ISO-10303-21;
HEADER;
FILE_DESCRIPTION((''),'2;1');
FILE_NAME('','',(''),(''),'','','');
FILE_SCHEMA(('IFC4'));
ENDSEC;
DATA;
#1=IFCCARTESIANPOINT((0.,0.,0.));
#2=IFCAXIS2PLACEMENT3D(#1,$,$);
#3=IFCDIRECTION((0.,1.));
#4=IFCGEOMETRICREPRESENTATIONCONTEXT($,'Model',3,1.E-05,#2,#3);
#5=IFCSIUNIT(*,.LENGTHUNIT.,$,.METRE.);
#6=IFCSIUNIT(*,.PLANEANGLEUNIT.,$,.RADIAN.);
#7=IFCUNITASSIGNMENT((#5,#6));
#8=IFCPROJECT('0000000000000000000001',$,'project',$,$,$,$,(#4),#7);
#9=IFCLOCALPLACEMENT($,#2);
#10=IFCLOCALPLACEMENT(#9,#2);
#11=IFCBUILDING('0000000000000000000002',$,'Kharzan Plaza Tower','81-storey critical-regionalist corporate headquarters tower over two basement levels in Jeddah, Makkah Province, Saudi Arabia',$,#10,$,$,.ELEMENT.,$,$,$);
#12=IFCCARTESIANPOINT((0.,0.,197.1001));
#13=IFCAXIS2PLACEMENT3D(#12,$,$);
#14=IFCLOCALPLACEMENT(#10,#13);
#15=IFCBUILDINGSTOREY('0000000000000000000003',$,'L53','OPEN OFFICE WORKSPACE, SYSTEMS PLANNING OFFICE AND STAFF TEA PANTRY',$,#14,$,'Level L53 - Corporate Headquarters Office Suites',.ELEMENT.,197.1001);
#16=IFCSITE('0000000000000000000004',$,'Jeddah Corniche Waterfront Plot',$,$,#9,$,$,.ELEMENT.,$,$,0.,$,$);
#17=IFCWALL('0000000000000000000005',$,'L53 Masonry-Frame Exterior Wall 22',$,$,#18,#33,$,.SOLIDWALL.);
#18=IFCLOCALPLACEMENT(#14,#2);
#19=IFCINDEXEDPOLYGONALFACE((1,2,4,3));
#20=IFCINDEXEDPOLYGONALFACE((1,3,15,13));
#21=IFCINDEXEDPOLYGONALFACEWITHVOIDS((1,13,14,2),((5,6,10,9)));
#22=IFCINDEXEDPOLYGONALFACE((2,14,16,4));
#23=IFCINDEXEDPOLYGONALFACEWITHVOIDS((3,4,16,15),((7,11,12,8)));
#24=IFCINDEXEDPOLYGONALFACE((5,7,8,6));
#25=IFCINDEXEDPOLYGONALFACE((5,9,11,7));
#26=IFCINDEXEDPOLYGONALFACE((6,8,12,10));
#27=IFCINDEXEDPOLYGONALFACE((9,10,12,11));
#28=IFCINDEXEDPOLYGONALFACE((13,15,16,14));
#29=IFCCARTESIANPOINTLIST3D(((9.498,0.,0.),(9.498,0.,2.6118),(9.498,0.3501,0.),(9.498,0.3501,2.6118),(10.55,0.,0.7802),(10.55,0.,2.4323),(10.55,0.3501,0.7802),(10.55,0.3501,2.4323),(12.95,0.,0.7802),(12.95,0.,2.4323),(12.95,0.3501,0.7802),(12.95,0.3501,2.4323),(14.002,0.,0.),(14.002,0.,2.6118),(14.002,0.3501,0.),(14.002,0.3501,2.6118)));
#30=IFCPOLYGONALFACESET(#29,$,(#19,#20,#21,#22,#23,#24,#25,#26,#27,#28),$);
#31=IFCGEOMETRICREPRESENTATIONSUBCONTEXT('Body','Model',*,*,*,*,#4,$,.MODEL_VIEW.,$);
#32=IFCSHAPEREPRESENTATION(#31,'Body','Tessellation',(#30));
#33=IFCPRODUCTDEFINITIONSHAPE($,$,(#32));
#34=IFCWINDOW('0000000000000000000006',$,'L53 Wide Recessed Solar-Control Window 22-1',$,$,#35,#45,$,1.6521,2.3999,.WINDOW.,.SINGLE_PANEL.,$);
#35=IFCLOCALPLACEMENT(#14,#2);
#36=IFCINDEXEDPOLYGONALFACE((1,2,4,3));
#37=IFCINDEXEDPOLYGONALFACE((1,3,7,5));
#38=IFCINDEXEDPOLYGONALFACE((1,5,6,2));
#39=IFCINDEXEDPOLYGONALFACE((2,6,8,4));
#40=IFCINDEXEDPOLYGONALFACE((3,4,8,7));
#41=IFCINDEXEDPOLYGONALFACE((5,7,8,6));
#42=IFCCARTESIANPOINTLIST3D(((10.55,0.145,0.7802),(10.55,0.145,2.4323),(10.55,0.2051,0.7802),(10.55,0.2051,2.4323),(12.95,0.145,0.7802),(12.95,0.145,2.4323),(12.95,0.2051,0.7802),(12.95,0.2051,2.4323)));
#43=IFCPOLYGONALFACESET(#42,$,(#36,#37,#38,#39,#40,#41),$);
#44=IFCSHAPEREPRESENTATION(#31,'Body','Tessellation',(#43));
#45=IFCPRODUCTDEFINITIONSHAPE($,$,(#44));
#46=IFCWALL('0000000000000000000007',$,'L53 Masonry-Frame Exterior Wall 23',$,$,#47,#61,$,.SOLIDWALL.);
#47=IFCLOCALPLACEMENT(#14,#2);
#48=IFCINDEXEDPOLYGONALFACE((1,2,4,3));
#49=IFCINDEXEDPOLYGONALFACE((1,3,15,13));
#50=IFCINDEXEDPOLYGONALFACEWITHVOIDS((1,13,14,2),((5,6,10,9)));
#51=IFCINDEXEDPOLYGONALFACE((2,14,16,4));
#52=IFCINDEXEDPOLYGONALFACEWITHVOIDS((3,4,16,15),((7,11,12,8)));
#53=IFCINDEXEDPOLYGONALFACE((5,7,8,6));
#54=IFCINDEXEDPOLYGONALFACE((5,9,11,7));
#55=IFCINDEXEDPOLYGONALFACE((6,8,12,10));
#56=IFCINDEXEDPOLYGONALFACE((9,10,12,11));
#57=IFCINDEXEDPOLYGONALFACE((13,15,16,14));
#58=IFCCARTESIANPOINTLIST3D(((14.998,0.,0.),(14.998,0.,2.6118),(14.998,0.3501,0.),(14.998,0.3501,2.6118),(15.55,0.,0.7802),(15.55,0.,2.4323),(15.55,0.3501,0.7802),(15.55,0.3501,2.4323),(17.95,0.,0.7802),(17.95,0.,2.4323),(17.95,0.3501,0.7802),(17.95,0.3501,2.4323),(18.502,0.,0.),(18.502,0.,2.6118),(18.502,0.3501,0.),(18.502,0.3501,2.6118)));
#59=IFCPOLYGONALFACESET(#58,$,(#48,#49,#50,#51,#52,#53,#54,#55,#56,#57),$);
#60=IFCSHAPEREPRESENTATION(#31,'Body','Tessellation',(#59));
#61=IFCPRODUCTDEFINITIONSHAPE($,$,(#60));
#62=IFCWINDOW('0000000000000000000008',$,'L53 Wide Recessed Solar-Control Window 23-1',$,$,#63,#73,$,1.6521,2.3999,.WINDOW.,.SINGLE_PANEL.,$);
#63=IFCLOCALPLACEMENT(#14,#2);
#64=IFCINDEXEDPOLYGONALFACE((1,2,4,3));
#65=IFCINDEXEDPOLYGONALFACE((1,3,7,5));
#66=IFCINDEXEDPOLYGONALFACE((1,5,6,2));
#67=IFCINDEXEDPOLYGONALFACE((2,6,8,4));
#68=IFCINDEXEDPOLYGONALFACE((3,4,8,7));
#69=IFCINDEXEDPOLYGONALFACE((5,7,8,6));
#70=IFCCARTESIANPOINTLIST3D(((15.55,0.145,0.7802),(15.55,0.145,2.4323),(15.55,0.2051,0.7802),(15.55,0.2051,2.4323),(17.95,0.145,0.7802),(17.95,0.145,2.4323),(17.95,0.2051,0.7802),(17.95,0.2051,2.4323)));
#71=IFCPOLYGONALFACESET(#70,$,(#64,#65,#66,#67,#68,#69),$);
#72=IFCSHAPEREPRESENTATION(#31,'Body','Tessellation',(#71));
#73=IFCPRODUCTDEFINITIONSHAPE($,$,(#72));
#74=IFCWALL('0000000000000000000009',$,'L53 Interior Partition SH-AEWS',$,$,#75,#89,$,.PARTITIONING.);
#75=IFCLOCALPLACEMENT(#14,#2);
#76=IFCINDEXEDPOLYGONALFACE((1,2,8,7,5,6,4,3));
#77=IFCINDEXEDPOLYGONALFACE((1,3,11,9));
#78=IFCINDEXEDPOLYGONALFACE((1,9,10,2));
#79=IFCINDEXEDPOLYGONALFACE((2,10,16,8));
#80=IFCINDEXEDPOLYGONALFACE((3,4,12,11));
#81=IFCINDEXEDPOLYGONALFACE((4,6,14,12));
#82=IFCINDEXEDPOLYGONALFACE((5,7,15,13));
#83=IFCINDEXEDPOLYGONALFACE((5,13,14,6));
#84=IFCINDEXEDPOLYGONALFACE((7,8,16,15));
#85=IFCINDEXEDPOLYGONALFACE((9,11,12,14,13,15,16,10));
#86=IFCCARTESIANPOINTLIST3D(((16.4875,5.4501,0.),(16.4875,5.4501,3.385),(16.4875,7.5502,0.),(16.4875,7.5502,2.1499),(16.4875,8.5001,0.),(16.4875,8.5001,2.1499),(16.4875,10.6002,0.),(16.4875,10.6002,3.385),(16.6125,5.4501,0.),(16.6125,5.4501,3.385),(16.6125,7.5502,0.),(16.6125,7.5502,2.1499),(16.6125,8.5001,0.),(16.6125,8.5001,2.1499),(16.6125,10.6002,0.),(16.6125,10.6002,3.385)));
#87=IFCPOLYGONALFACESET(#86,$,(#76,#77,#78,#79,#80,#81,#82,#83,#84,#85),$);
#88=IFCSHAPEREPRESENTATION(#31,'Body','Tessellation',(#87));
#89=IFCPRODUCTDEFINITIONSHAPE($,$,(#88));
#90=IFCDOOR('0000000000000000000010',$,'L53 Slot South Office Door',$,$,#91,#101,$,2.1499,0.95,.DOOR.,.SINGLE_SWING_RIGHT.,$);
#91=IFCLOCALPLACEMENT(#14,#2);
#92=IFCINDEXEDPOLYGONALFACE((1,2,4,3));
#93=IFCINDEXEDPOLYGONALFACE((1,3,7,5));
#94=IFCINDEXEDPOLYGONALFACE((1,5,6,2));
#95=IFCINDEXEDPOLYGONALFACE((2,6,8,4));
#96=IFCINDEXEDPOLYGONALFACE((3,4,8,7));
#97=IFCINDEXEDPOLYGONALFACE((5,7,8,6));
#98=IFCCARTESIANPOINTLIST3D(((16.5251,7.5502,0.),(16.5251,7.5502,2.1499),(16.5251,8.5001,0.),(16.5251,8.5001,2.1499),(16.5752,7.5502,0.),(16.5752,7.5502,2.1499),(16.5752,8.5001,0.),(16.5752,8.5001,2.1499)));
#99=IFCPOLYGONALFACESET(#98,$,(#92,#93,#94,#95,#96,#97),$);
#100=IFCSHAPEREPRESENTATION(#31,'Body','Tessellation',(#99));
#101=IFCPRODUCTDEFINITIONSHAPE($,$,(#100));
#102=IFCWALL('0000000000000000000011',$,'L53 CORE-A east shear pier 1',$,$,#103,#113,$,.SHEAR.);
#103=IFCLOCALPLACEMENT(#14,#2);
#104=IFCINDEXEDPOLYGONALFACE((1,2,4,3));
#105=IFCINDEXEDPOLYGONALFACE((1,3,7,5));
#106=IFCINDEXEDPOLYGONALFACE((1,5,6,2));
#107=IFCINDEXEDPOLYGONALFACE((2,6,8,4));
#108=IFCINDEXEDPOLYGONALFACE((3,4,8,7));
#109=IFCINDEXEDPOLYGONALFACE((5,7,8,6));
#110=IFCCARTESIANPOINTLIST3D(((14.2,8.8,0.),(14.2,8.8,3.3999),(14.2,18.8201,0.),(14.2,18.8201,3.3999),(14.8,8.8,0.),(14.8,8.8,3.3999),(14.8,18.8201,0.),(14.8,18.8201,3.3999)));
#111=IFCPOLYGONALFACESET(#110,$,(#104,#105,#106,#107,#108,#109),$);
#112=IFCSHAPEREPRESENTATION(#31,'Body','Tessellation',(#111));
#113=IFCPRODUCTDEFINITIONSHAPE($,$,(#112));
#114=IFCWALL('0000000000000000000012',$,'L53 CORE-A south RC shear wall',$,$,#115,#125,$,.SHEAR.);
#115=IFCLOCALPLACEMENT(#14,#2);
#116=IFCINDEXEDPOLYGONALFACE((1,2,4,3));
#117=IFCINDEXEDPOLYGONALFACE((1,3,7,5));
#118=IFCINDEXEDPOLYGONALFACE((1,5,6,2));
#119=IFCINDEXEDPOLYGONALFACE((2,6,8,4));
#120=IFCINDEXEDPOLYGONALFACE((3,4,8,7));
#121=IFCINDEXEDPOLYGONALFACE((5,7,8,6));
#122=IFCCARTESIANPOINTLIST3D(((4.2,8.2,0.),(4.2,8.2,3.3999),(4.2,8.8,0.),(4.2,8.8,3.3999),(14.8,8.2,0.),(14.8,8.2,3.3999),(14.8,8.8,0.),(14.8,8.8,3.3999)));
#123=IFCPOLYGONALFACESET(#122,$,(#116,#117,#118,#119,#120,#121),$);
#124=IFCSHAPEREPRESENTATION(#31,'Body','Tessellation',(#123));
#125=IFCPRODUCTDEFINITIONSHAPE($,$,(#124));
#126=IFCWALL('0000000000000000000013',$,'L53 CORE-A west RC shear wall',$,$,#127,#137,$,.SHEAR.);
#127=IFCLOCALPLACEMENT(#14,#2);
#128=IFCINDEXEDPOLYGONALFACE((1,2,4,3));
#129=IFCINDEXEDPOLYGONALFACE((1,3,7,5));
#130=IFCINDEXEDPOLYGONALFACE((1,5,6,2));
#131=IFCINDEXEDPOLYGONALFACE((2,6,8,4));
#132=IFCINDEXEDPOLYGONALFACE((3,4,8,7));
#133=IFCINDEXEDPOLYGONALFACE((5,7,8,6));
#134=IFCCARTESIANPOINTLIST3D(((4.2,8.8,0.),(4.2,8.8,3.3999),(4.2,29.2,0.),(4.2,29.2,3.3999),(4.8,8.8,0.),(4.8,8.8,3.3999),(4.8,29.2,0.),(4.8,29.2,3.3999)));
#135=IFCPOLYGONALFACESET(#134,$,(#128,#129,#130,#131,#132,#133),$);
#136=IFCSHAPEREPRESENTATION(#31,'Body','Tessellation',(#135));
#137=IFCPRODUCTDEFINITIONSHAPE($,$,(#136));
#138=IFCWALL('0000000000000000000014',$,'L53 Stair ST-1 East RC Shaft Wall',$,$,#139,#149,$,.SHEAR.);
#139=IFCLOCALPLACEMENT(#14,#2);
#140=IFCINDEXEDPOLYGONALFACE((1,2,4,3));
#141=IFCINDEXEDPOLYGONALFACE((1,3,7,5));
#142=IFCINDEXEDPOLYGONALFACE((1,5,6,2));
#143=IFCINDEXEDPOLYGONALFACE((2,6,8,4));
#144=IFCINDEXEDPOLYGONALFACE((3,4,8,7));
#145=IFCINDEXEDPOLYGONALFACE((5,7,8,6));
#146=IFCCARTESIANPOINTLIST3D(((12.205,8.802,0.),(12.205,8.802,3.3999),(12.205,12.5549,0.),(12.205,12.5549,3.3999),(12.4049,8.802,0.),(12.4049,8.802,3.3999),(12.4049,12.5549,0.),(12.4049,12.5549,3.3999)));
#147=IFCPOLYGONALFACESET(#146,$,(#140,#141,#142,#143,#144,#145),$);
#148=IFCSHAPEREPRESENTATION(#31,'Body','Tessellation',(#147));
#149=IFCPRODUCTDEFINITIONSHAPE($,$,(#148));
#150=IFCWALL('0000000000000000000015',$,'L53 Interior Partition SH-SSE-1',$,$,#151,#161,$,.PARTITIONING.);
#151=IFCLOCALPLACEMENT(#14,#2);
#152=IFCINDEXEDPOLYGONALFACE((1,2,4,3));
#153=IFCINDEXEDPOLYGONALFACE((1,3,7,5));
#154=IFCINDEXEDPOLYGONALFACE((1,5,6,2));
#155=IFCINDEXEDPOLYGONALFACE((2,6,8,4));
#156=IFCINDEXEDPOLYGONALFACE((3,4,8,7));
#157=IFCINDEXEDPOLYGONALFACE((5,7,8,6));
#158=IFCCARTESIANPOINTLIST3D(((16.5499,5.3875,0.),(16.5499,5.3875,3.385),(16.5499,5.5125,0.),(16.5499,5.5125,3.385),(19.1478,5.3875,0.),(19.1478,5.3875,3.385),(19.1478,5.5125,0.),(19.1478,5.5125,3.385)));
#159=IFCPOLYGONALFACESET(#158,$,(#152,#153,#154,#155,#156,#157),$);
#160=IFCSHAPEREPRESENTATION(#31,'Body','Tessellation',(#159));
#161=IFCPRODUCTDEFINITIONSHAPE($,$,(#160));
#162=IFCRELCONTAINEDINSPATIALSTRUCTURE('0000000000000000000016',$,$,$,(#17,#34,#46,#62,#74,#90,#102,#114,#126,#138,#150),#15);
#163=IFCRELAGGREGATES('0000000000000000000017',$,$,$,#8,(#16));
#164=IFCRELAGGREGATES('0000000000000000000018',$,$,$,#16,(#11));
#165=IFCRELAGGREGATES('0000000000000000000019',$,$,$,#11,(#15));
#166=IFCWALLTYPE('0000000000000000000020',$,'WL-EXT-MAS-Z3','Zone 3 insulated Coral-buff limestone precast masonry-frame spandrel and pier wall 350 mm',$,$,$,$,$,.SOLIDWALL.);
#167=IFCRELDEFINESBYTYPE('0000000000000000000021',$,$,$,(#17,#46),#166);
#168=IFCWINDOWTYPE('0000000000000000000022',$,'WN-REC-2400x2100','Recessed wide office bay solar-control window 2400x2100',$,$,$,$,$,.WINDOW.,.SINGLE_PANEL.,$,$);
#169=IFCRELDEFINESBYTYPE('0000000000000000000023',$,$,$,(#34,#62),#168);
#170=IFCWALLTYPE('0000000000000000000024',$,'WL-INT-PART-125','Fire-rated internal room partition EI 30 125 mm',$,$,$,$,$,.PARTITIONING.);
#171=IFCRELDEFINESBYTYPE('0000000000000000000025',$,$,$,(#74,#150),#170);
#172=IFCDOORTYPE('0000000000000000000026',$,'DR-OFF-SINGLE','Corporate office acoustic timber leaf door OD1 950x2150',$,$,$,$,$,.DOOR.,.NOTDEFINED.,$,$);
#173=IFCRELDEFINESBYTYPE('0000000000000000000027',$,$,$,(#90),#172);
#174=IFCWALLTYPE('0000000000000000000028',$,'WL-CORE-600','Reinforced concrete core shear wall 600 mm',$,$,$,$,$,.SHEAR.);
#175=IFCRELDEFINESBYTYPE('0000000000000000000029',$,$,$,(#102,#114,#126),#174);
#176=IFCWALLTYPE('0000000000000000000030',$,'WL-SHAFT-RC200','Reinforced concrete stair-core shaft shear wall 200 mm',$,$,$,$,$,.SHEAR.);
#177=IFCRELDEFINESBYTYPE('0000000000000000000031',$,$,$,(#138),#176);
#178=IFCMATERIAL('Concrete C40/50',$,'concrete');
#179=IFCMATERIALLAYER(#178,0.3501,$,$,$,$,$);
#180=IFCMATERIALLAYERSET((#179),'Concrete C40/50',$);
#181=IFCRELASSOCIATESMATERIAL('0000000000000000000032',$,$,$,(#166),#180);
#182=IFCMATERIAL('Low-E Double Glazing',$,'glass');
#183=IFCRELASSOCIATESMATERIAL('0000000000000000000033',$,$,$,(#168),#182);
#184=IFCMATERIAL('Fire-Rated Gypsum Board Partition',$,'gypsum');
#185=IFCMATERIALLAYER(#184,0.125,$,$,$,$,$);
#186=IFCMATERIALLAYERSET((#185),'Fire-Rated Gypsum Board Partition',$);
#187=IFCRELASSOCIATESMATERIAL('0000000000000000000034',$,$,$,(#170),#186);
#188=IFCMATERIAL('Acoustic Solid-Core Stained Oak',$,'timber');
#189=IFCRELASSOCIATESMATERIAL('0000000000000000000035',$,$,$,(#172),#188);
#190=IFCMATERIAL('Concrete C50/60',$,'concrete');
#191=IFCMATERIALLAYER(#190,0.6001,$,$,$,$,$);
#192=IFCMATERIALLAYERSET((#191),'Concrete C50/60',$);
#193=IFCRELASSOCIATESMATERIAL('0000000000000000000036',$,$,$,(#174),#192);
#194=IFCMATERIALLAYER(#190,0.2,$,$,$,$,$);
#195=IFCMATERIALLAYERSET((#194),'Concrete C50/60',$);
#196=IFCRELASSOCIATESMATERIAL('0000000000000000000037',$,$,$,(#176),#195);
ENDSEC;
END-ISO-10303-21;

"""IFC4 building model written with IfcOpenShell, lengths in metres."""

from ifc_helpers import new_model, si_unit, direction, frame, frame_2d, origin, place, context, subcontext, project, spatial, rectangle, extrude, source, transform, mapped, material, layer, layer_set, type_object, element, fill, save


model = new_model("IFC4")

# Units and contexts
model_context = context("Model", 3, precision=1e-05, world=origin(), true_north=direction((0.0, 1.0)))
body_context = subcontext(model_context, "Body", "Model", "MODEL_VIEW")
ifc_project = project(units=[si_unit("LENGTHUNIT", "METRE"), si_unit("PLANEANGLEUNIT", "RADIAN")], contexts=[model_context])

# Site, building, storey
site_placement = place(None, origin())
site = spatial("IfcSite", under=ifc_project, at=site_placement, Name="Jeddah Corniche Waterfront Plot", CompositionType="ELEMENT", RefElevation=0.0)
building_placement = place(site_placement, origin())
building = spatial("IfcBuilding", under=site, at=building_placement, Name="Kharzan Plaza Tower", Description="81-storey critical-regionalist corporate headquarters tower over two basement levels in Jeddah, Makkah Province, Saudi Arabia", CompositionType="ELEMENT")
storey_placement = place(building_placement, frame((0.0, 0.0, 197.1001)))
storey = spatial("IfcBuildingStorey", under=building, at=storey_placement, Name="L53", Description="OPEN OFFICE WORKSPACE, SYSTEMS PLANNING OFFICE AND STAFF TEA PANTRY", LongName="Level L53 - Corporate Headquarters Office Suites", CompositionType="ELEMENT", Elevation=197.1001)

# Shared definitions
ifc_material_1 = material(Name="Concrete C50/60", Category="concrete")

# Walls, openings, windows
ifc_material_2 = material(Name="Concrete C40/50", Category="concrete")
ifc_layer_1 = layer(ifc_material_2, 0.3501)
ifc_layer_set_1 = layer_set([ifc_layer_1], Name="Concrete C40/50")
wall_type_1 = type_object("IfcWallType", Name="WL-EXT-MAS-Z3", Description="Zone 3 insulated Coral-buff limestone precast masonry-frame spandrel and pier wall 350 mm", PredefinedType="SOLIDWALL", material=ifc_layer_set_1)
ifc_material_3 = material(Name="Low-E Double Glazing", Category="glass")
window_type = type_object("IfcWindowType", Name="WN-REC-2400x2100", Description="Recessed wide office bay solar-control window 2400x2100", PartitioningType="SINGLE_PANEL", PredefinedType="WINDOW", material=ifc_material_3)
shared_shape_1 = source(origin(), body_context, "Body", "SweptSolid", [
    extrude(rectangle(XDim=2.3999, YDim=1.6521, at=frame_2d((1.2, 0.8262))), frame((0.0, 0.03, 0.0), z_axis=(0.0, -1.0, 0.0), x_axis=(1.0, 0.0, 0.0)), (0.0, 0.0, 1.0), 0.0601),
])
wall_1_placement = place(storey_placement, frame((9.498, 0.175, 0.0), z_axis=(0.0, 0.0, 1.0), x_axis=(1.0, 0.0, 0.0)))
wall_1 = element("IfcWall", 1, at=wall_1_placement, inside=storey, type_object=wall_type_1, Name="L53 Masonry-Frame Exterior Wall 22", PredefinedType="SOLIDWALL", context=body_context, shape_type="SweptSolid", body=[
    extrude(rectangle(XDim=4.5039, YDim=0.3501, at=frame_2d((2.252, 0.0))), origin(), (0.0, 0.0, 1.0), 2.6118),
])
opening_1_placement = place(wall_1_placement, frame((1.052, 0.0, 0.78)))
opening_1 = element("IfcOpeningElement", 2, at=opening_1_placement, cuts=wall_1, PredefinedType="OPENING", context=body_context, shape_type="SweptSolid", body=[
    extrude(rectangle(XDim=2.3999, YDim=1.6521, at=frame_2d((1.2, 0.8262))), frame((0.0, 0.1851, 0.0), z_axis=(0.0, -1.0, 0.0), x_axis=(1.0, 0.0, 0.0)), (0.0, 0.0, 1.0), 0.3701),
])
window_1_placement = place(opening_1_placement, origin())
window_1 = element("IfcWindow", 3, at=window_1_placement, inside=storey, type_object=window_type, Name="L53 Wide Recessed Solar-Control Window 22-1", OverallHeight=1.6521, OverallWidth=2.3999, PartitioningType="SINGLE_PANEL", PredefinedType="WINDOW", context=body_context, shape_type="MappedRepresentation", body=[
    mapped(shared_shape_1, transform((0.0, 0.0, 0.0), x_axis=(1.0, 0.0, 0.0), y_axis=(0.0, 1.0, 0.0), z_axis=(0.0, 0.0, 1.0))),
])
fill(opening_1, window_1)
wall_2_placement = place(storey_placement, frame((14.998, 0.175, 0.0), z_axis=(0.0, 0.0, 1.0), x_axis=(1.0, 0.0, 0.0)))
wall_2 = element("IfcWall", 4, at=wall_2_placement, inside=storey, type_object=wall_type_1, Name="L53 Masonry-Frame Exterior Wall 23", PredefinedType="SOLIDWALL", context=body_context, shape_type="SweptSolid", body=[
    extrude(rectangle(XDim=3.5039, YDim=0.3501, at=frame_2d((1.752, 0.0))), origin(), (0.0, 0.0, 1.0), 2.6118),
])
opening_2_placement = place(wall_2_placement, frame((0.552, 0.0, 0.78)))
opening_2 = element("IfcOpeningElement", 5, at=opening_2_placement, cuts=wall_2, PredefinedType="OPENING", context=body_context, shape_type="SweptSolid", body=[
    extrude(rectangle(XDim=2.3999, YDim=1.6521, at=frame_2d((1.2, 0.8262))), frame((0.0, 0.1851, 0.0), z_axis=(0.0, -1.0, 0.0), x_axis=(1.0, 0.0, 0.0)), (0.0, 0.0, 1.0), 0.3701),
])
window_2_placement = place(opening_2_placement, origin())
window_2 = element("IfcWindow", 6, at=window_2_placement, inside=storey, type_object=window_type, Name="L53 Wide Recessed Solar-Control Window 23-1", OverallHeight=1.6521, OverallWidth=2.3999, PartitioningType="SINGLE_PANEL", PredefinedType="WINDOW", context=body_context, shape_type="MappedRepresentation", body=[
    mapped(shared_shape_1, transform((0.0, 0.0, 0.0), x_axis=(1.0, 0.0, 0.0), y_axis=(0.0, 1.0, 0.0), z_axis=(0.0, 0.0, 1.0))),
])
fill(opening_2, window_2)

# Wall, opening, door
ifc_material_4 = material(Name="Fire-Rated Gypsum Board Partition", Category="gypsum")
ifc_layer_2 = layer(ifc_material_4, 0.125)
ifc_layer_set_2 = layer_set([ifc_layer_2], Name="Fire-Rated Gypsum Board Partition")
wall_type_2 = type_object("IfcWallType", Name="WL-INT-PART-125", Description="Fire-rated internal room partition EI 30 125 mm", PredefinedType="PARTITIONING", material=ifc_layer_set_2)
wall_3_placement = place(storey_placement, frame((16.55, 5.45, 0.0), z_axis=(0.0, 0.0, 1.0), x_axis=(0.0, 1.0, 0.0)))
wall_3 = element("IfcWall", 7, at=wall_3_placement, inside=storey, type_object=wall_type_2, Name="L53 Interior Partition SH-AEWS", PredefinedType="PARTITIONING", context=body_context, shape_type="SweptSolid", body=[
    extrude(rectangle(XDim=5.1501, YDim=0.125, at=frame_2d((2.5752, 0.0))), origin(), (0.0, 0.0, 1.0), 3.385),
])
opening_3_placement = place(wall_3_placement, frame((2.1001, 0.0, 0.0)))
opening_3 = element("IfcOpeningElement", 8, at=opening_3_placement, cuts=wall_3, PredefinedType="OPENING", context=body_context, shape_type="SweptSolid", body=[
    extrude(rectangle(XDim=0.95, YDim=2.1499, at=frame_2d((0.4751, 1.075))), frame((0.0, 0.0725, 0.0), z_axis=(0.0, -1.0, 0.0), x_axis=(1.0, 0.0, 0.0)), (0.0, 0.0, 1.0), 0.145),
])
ifc_material_5 = material(Name="Acoustic Solid-Core Stained Oak", Category="timber")
door_type = type_object("IfcDoorType", Name="DR-OFF-SINGLE", Description="Corporate office acoustic timber leaf door OD1 950x2150", OperationType="NOTDEFINED", PredefinedType="DOOR", material=ifc_material_5)
shared_shape_2 = source(origin(), body_context, "Body", "SweptSolid", [
    extrude(rectangle(XDim=0.95, YDim=2.1499, at=frame_2d((0.4751, 1.075))), frame((0.0, 0.0249, 0.0), z_axis=(0.0, -1.0, 0.0), x_axis=(1.0, 0.0, 0.0)), (0.0, 0.0, 1.0), 0.05),
])
door_placement = place(opening_3_placement, origin())
door = element("IfcDoor", 9, at=door_placement, inside=storey, type_object=door_type, Name="L53 Slot South Office Door", OperationType="SINGLE_SWING_RIGHT", OverallHeight=2.1499, OverallWidth=0.95, PredefinedType="DOOR", context=body_context, shape_type="MappedRepresentation", body=[
    mapped(shared_shape_2, transform((0.0, 0.0, 0.0), x_axis=(1.0, 0.0, 0.0), y_axis=(0.0, 1.0, 0.0), z_axis=(0.0, 0.0, 1.0))),
])
fill(opening_3, door)

# Walls
ifc_layer_3 = layer(ifc_material_1, 0.6001)
ifc_layer_set_3 = layer_set([ifc_layer_3], Name="Concrete C50/60")
wall_type_3 = type_object("IfcWallType", Name="WL-CORE-600", Description="Reinforced concrete core shear wall 600 mm", PredefinedType="SHEAR", material=ifc_layer_set_3)
shared_shape_3 = source(origin(), body_context, "Body", "SweptSolid", [
    extrude(rectangle(XDim=10.02, YDim=0.6001, at=frame_2d((5.01, 0.0))), origin(), (0.0, 0.0, 1.0), 3.3999),
])
wall_4_placement = place(storey_placement, frame((14.5, 8.8, 0.0), z_axis=(0.0, 0.0, 1.0), x_axis=(0.0, 1.0, 0.0)))
element("IfcWall", 10, at=wall_4_placement, inside=storey, type_object=wall_type_3, Name="L53 CORE-A east shear pier 1", PredefinedType="SHEAR", context=body_context, shape_type="MappedRepresentation", body=[
    mapped(shared_shape_3, transform((0.0, 0.0, 0.0), x_axis=(1.0, 0.0, 0.0), y_axis=(0.0, 1.0, 0.0), z_axis=(0.0, 0.0, 1.0))),
])
shared_shape_4 = source(origin(), body_context, "Body", "SweptSolid", [
    extrude(rectangle(XDim=10.6001, YDim=0.6001, at=frame_2d((5.3, 0.0))), origin(), (0.0, 0.0, 1.0), 3.3999),
])
wall_5_placement = place(storey_placement, frame((4.2, 8.5, 0.0), z_axis=(0.0, 0.0, 1.0), x_axis=(1.0, 0.0, 0.0)))
element("IfcWall", 11, at=wall_5_placement, inside=storey, type_object=wall_type_3, Name="L53 CORE-A south RC shear wall", PredefinedType="SHEAR", context=body_context, shape_type="MappedRepresentation", body=[
    mapped(shared_shape_4, transform((0.0, 0.0, 0.0), x_axis=(1.0, 0.0, 0.0), y_axis=(0.0, 1.0, 0.0), z_axis=(0.0, 0.0, 1.0))),
])
shared_shape_5 = source(origin(), body_context, "Body", "SweptSolid", [
    extrude(rectangle(XDim=20.3999, YDim=0.6001, at=frame_2d((10.2, 0.0))), origin(), (0.0, 0.0, 1.0), 3.3999),
])
wall_6_placement = place(storey_placement, frame((4.5, 8.8, 0.0), z_axis=(0.0, 0.0, 1.0), x_axis=(0.0, 1.0, 0.0)))
element("IfcWall", 12, at=wall_6_placement, inside=storey, type_object=wall_type_3, Name="L53 CORE-A west RC shear wall", PredefinedType="SHEAR", context=body_context, shape_type="MappedRepresentation", body=[
    mapped(shared_shape_5, transform((0.0, 0.0, 0.0), x_axis=(1.0, 0.0, 0.0), y_axis=(0.0, 1.0, 0.0), z_axis=(0.0, 0.0, 1.0))),
])
ifc_layer_4 = layer(ifc_material_1, 0.2)
ifc_layer_set_4 = layer_set([ifc_layer_4], Name="Concrete C50/60")
wall_type_4 = type_object("IfcWallType", Name="WL-SHAFT-RC200", Description="Reinforced concrete stair-core shaft shear wall 200 mm", PredefinedType="SHEAR", material=ifc_layer_set_4)
shared_shape_6 = source(origin(), body_context, "Body", "SweptSolid", [
    extrude(rectangle(XDim=3.7529, YDim=0.2, at=frame_2d((1.8765, 0.0))), origin(), (0.0, 0.0, 1.0), 3.3999),
])
wall_7_placement = place(storey_placement, frame((12.3049, 8.802, 0.0), z_axis=(0.0, 0.0, 1.0), x_axis=(0.0, 1.0, 0.0)))
element("IfcWall", 13, at=wall_7_placement, inside=storey, type_object=wall_type_4, Name="L53 Stair ST-1 East RC Shaft Wall", PredefinedType="SHEAR", context=body_context, shape_type="MappedRepresentation", body=[
    mapped(shared_shape_6, transform((0.0, 0.0, 0.0), x_axis=(1.0, 0.0, 0.0), y_axis=(0.0, 1.0, 0.0), z_axis=(0.0, 0.0, 1.0))),
])
shared_shape_7 = source(origin(), body_context, "Body", "SweptSolid", [
    extrude(rectangle(XDim=2.5979, YDim=0.125, at=frame_2d((1.2988, 0.0))), origin(), (0.0, 0.0, 1.0), 3.385),
])
wall_8_placement = place(storey_placement, frame((16.55, 5.45, 0.0), z_axis=(0.0, 0.0, 1.0), x_axis=(1.0, 0.0, 0.0)))
element("IfcWall", 14, at=wall_8_placement, inside=storey, type_object=wall_type_2, Name="L53 Interior Partition SH-SSE-1", PredefinedType="PARTITIONING", context=body_context, shape_type="MappedRepresentation", body=[
    mapped(shared_shape_7, transform((0.0, 0.0, 0.0), x_axis=(1.0, 0.0, 0.0), y_axis=(0.0, 1.0, 0.0), z_axis=(0.0, 0.0, 1.0))),
])

save(model, "model.ifc")
